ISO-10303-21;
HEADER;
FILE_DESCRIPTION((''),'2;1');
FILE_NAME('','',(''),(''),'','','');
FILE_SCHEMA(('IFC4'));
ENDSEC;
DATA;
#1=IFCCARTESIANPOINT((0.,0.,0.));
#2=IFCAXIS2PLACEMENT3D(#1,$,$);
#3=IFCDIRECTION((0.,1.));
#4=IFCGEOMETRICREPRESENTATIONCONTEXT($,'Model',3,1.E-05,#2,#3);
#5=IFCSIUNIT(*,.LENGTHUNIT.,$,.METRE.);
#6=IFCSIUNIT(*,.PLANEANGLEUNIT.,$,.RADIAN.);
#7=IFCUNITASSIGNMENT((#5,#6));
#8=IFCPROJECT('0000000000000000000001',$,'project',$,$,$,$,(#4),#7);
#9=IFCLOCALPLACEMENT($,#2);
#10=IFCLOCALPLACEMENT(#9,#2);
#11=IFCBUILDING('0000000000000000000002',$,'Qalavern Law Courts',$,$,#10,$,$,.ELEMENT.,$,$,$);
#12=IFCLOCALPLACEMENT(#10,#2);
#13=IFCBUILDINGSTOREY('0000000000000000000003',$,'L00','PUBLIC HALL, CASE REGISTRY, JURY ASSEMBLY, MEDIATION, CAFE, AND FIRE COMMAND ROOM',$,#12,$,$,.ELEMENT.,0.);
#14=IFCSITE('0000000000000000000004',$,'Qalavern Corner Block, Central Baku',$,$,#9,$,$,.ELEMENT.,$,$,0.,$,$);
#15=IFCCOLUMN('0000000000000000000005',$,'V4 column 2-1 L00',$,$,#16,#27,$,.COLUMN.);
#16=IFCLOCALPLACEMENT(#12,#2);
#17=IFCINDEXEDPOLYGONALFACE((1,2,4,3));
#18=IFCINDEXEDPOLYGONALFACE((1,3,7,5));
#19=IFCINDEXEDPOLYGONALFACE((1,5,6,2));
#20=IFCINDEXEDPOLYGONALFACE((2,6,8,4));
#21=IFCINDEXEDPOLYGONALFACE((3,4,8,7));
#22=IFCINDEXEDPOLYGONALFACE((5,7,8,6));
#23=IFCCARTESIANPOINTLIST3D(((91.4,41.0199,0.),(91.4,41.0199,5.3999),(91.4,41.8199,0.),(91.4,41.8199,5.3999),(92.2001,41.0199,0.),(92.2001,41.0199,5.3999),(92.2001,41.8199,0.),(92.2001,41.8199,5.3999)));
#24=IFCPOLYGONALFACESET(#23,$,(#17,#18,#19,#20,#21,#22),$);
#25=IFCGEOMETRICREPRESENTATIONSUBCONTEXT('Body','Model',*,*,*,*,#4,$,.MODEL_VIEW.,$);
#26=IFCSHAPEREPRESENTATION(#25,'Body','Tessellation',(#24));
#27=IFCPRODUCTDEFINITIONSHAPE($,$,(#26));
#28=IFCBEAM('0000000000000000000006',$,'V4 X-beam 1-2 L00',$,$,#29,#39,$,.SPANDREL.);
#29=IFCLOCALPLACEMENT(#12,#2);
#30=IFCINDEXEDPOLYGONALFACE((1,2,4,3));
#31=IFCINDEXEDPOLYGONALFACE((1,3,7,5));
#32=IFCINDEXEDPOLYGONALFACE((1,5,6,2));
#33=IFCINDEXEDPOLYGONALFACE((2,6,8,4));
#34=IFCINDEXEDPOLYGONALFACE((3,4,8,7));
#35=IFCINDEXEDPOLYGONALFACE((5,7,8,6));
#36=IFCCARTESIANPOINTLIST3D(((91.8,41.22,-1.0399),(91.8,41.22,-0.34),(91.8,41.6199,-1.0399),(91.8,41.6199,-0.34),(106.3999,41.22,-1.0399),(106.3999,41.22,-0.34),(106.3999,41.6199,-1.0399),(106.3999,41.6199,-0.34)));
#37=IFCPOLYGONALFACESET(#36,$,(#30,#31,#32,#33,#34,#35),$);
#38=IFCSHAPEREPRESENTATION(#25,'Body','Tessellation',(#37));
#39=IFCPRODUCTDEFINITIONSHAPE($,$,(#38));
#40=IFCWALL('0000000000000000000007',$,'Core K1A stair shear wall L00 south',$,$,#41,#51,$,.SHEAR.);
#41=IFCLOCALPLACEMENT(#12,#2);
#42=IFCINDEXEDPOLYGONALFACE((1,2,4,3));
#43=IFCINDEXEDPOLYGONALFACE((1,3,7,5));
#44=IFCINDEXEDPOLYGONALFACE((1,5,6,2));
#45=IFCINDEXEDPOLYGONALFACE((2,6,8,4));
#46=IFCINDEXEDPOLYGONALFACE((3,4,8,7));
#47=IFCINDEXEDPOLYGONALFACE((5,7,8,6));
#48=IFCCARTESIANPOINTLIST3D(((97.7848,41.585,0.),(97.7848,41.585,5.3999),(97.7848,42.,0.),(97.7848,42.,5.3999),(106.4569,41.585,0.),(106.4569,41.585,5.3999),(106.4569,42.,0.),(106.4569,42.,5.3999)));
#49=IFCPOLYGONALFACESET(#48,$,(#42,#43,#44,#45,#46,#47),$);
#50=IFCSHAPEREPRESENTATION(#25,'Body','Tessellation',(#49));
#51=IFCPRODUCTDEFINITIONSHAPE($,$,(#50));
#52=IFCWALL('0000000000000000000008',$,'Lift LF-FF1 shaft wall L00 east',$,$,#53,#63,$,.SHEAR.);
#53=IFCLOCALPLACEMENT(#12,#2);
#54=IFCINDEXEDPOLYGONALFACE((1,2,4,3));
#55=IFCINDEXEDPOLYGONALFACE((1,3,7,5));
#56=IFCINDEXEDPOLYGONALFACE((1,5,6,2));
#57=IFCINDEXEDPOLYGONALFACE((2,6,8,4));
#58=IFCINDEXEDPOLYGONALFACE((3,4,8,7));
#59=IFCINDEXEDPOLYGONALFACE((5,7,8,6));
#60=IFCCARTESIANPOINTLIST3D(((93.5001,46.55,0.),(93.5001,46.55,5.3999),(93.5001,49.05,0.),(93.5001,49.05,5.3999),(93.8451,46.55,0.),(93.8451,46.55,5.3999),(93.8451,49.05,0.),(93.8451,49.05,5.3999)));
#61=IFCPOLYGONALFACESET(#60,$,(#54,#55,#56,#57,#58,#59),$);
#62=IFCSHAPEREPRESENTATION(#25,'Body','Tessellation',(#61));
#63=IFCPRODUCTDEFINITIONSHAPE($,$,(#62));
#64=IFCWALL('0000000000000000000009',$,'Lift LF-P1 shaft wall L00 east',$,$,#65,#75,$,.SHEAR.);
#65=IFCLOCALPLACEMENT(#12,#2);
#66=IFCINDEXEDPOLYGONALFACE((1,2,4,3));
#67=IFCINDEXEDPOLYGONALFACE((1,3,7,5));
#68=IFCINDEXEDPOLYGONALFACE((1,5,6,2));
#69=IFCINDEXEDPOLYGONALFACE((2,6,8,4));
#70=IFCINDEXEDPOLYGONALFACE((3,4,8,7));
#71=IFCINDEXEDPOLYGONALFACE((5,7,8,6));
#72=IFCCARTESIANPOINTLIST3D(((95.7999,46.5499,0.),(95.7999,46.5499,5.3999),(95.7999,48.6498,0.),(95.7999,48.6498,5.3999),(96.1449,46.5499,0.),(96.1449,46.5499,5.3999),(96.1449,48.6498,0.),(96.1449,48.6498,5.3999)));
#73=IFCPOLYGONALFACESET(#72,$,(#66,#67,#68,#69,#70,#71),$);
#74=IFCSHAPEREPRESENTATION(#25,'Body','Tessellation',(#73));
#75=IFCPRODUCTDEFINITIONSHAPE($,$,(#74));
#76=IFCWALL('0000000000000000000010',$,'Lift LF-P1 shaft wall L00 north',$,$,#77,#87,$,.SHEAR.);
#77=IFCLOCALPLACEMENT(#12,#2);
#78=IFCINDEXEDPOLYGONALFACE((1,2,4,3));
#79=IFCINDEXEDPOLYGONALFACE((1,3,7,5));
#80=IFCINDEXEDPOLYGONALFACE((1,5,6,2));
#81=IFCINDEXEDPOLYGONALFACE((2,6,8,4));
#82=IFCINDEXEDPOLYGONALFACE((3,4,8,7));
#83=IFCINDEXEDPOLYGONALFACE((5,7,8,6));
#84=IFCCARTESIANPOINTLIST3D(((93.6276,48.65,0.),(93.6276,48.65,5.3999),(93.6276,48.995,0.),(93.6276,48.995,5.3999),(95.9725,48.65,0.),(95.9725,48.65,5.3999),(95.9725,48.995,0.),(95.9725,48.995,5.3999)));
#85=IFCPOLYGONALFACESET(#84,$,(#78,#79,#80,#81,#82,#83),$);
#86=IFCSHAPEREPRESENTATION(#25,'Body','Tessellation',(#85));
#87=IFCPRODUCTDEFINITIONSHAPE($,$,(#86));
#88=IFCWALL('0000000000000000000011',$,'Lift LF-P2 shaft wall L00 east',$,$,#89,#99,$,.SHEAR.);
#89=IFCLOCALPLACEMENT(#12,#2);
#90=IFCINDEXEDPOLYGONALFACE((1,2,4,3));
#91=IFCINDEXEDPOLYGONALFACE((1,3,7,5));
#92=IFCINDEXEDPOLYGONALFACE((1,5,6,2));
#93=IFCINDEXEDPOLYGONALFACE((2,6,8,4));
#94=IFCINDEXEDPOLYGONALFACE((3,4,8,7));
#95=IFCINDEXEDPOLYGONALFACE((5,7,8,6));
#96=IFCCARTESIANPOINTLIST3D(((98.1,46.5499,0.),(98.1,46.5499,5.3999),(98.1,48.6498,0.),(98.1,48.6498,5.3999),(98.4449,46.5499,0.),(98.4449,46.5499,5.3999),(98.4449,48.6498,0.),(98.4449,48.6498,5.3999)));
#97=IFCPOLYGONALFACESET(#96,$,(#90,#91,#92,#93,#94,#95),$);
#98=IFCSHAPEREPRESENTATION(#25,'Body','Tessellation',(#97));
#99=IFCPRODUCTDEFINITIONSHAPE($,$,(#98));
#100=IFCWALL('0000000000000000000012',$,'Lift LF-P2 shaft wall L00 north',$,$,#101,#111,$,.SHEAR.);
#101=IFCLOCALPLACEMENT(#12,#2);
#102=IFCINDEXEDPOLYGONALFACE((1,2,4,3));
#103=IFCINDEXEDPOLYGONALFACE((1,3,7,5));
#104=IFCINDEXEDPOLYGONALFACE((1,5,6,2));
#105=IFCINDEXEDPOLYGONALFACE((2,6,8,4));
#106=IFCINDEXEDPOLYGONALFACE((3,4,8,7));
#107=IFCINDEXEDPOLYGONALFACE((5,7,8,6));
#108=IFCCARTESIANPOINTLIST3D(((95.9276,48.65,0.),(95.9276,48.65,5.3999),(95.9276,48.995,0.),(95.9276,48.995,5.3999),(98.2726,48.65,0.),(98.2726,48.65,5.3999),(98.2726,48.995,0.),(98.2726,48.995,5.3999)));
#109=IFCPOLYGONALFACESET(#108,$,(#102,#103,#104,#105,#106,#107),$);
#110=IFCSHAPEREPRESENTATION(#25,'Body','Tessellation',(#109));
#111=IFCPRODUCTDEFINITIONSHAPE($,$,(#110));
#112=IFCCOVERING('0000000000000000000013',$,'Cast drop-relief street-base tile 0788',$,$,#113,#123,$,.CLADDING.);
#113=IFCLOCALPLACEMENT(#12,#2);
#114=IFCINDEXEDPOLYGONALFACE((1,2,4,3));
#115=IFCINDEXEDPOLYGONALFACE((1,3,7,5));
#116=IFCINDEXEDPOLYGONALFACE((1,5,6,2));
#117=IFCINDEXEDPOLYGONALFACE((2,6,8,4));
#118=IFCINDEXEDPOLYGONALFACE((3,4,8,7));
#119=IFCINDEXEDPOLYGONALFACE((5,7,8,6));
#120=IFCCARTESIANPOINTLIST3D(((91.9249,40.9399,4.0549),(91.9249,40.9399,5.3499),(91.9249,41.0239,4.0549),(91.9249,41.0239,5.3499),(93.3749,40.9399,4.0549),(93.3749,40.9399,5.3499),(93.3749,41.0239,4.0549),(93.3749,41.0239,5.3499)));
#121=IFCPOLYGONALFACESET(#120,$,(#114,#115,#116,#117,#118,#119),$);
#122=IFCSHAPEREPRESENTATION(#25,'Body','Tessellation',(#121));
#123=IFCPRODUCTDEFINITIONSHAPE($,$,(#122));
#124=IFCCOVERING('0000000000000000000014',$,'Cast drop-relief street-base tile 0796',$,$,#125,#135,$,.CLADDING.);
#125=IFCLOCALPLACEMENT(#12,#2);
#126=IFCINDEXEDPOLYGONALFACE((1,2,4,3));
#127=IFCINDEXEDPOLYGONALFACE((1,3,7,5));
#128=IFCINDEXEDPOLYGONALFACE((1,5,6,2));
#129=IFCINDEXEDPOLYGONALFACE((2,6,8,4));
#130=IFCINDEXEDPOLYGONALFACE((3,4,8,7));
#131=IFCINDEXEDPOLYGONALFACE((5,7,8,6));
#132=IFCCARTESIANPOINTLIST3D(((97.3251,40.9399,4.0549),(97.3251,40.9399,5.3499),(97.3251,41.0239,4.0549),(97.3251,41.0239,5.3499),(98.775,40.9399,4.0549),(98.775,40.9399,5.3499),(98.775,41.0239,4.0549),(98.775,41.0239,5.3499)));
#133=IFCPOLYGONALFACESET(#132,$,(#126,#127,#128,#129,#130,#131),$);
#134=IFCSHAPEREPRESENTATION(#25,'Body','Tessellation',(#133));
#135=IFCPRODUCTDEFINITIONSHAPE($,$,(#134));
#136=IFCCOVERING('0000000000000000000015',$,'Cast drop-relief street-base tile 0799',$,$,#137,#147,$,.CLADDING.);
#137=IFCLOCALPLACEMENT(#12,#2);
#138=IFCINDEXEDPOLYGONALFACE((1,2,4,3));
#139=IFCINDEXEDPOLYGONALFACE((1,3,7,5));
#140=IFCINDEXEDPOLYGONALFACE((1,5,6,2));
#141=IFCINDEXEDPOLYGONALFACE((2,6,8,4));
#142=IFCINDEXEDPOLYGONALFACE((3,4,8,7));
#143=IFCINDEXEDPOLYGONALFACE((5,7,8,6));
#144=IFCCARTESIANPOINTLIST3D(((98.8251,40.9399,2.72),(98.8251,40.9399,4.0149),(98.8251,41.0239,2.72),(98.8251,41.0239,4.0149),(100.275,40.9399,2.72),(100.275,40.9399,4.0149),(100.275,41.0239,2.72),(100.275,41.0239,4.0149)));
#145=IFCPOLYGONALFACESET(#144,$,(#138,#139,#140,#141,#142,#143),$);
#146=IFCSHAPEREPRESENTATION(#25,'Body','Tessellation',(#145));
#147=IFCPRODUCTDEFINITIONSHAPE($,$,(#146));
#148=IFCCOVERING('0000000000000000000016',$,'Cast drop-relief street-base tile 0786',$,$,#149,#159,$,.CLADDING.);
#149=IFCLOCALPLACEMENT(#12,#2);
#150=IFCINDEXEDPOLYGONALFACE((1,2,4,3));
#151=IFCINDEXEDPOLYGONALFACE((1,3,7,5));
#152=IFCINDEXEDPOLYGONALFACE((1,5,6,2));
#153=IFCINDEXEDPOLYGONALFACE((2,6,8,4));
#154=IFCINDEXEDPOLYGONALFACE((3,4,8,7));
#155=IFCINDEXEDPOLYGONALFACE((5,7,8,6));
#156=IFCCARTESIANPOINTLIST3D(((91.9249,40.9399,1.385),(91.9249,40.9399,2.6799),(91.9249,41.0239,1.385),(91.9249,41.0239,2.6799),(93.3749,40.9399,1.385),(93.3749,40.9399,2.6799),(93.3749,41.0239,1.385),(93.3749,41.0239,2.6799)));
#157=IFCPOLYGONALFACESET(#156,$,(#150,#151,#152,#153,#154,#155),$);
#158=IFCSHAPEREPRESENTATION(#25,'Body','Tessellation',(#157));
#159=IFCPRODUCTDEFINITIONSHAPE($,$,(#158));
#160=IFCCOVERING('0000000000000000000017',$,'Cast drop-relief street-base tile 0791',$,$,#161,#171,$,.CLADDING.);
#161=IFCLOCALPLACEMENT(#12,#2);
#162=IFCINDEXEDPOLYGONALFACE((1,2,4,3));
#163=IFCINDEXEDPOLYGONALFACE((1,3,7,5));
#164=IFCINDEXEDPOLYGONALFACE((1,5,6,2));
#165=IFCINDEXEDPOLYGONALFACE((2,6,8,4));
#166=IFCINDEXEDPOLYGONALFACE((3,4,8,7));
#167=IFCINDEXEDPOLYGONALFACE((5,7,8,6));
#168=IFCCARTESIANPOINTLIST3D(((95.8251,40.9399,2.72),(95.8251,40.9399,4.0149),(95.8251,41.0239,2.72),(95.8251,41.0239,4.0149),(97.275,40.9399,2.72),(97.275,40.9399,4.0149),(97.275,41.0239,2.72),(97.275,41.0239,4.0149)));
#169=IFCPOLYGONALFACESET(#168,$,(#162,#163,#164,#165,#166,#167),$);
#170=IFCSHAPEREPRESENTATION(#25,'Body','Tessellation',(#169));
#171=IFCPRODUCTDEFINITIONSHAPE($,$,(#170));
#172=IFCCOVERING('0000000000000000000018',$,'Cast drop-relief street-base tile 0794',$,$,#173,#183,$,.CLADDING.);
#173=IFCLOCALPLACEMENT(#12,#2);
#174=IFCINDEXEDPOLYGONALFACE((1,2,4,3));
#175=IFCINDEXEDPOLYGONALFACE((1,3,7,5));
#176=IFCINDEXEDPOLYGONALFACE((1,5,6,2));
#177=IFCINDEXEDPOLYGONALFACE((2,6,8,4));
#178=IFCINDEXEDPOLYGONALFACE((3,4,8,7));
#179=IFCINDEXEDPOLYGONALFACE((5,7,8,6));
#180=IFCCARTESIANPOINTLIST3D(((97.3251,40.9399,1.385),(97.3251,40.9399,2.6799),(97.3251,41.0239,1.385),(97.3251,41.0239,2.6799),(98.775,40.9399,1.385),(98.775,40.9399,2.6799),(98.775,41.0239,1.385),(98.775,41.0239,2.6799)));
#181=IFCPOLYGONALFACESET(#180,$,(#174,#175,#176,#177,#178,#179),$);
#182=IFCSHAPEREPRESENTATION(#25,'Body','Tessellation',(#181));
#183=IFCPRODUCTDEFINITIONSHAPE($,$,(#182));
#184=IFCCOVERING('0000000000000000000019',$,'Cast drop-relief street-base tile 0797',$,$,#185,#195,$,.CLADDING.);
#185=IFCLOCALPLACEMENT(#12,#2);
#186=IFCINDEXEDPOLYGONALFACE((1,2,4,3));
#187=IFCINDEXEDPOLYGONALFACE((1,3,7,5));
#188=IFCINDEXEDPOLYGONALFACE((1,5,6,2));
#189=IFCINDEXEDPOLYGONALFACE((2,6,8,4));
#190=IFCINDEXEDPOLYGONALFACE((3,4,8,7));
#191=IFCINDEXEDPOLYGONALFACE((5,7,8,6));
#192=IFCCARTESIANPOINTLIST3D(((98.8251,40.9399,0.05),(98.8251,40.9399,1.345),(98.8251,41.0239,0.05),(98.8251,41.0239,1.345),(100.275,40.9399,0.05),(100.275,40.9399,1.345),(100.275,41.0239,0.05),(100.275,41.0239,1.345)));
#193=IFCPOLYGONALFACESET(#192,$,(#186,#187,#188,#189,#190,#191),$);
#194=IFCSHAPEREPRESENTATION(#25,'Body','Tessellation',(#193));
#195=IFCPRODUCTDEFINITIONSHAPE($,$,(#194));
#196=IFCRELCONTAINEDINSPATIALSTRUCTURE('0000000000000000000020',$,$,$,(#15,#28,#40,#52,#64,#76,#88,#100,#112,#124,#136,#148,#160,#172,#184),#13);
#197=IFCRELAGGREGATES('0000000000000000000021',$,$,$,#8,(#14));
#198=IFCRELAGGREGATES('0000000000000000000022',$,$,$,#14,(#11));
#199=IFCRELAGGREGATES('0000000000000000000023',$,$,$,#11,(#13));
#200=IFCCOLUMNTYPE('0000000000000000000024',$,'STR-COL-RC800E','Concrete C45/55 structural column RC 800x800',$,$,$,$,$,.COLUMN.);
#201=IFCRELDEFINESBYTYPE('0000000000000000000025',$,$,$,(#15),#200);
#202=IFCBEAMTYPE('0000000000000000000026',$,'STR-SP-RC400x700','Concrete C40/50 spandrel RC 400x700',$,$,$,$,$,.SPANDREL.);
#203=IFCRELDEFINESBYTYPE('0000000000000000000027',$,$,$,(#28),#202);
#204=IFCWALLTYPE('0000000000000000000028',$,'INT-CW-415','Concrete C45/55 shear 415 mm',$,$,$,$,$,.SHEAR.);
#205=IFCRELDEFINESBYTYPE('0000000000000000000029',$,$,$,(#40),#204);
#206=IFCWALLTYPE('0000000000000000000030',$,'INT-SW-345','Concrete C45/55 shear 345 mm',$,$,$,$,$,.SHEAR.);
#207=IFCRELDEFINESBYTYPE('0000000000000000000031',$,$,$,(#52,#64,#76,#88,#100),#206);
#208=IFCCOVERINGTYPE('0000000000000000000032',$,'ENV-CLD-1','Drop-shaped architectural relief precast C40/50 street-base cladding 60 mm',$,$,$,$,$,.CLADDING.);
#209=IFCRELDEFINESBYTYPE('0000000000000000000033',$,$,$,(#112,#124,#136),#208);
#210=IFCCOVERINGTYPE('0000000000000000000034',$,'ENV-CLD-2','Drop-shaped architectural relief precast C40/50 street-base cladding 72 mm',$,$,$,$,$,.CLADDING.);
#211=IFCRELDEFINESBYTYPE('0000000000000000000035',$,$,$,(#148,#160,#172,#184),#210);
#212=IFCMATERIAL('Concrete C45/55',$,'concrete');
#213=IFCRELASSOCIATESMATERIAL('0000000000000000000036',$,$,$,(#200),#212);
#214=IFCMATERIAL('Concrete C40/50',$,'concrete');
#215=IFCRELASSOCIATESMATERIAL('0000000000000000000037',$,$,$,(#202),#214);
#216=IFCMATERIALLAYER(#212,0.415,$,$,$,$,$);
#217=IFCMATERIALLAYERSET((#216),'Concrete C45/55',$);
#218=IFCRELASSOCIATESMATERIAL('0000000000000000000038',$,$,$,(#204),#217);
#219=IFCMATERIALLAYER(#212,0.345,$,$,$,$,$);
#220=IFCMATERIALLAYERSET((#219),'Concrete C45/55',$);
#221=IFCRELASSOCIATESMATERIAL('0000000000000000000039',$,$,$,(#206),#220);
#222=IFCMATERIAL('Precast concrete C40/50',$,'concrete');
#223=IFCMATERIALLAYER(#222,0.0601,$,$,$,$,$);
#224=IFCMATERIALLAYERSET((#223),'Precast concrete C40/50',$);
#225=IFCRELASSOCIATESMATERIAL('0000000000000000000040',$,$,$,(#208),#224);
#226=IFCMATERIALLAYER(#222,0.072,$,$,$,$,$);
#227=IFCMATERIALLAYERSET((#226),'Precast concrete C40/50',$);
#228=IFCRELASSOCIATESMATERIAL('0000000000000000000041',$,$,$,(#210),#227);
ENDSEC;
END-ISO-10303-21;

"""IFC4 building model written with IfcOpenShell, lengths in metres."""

from ifc_helpers import new_model, si_unit, direction, frame, frame_2d, origin, origin_2d, place, context, subcontext, project, spatial, rectangle, extrude, material, layer, layer_set, material_profile, profile_set, type_object, element, save


model = new_model("IFC4")

# Units and contexts
model_context = context("Model", 3, precision=1e-05, world=origin(), true_north=direction((0.0, 1.0)))
body_context = subcontext(model_context, "Body", "Model", "MODEL_VIEW")
ifc_project = project(units=[si_unit("LENGTHUNIT", "METRE"), si_unit("PLANEANGLEUNIT", "RADIAN")], contexts=[model_context])

# Site, building, storey
site_placement = place(None, origin())
site = spatial("IfcSite", under=ifc_project, at=site_placement, Name="Qalavern Corner Block, Central Baku", CompositionType="ELEMENT", RefElevation=0.0)
building_placement = place(site_placement, origin())
building = spatial("IfcBuilding", under=site, at=building_placement, Name="Qalavern Law Courts", CompositionType="ELEMENT")
storey_placement = place(building_placement, origin())
storey = spatial("IfcBuildingStorey", under=building, at=storey_placement, Name="L00", Description="PUBLIC HALL, CASE REGISTRY, JURY ASSEMBLY, MEDIATION, CAFE, AND FIRE COMMAND ROOM", CompositionType="ELEMENT", Elevation=0.0)

# Column
ifc_material_1 = material(Name="Concrete C45/55", Category="concrete")
ifc_material_profile_1 = material_profile(ifc_material_1, rectangle(XDim=0.8, YDim=0.8, at=origin_2d()), Name="RC 800x800")
ifc_profile_set_1 = profile_set([ifc_material_profile_1], Name="Concrete C45/55")
column_type = type_object("IfcColumnType", Name="STR-COL-RC800E", Description="Concrete C45/55 structural column RC 800x800", PredefinedType="COLUMN", material=ifc_profile_set_1)
column_placement = place(storey_placement, frame((91.8, 41.4199, 0.0), z_axis=(0.0, 0.0, 1.0), x_axis=(1.0, 0.0, 0.0)))
element("IfcColumn", 1, at=column_placement, inside=storey, type_object=column_type, Name="V4 column 2-1 L00", PredefinedType="COLUMN", context=body_context, shape_type="SweptSolid", body=[
    extrude(rectangle(XDim=0.8, YDim=0.8, at=origin_2d()), origin(), (0.0, 0.0, 1.0), 5.3999),
])

# Beam
ifc_material_2 = material(Name="Concrete C40/50", Category="concrete")
ifc_material_profile_2 = material_profile(ifc_material_2, rectangle(XDim=0.3999, YDim=0.7, at=origin_2d()), Name="RC 400x700")
ifc_profile_set_2 = profile_set([ifc_material_profile_2], Name="Concrete C40/50")
beam_type = type_object("IfcBeamType", Name="STR-SP-RC400x700", Description="Concrete C40/50 spandrel RC 400x700", PredefinedType="SPANDREL", material=ifc_profile_set_2)
beam_placement = place(storey_placement, frame((91.8, 41.4199, -0.6899), z_axis=(1.0, 0.0, 0.0), x_axis=(0.0, 1.0, 0.0)))
element("IfcBeam", 2, at=beam_placement, inside=storey, type_object=beam_type, Name="V4 X-beam 1-2 L00", PredefinedType="SPANDREL", context=body_context, shape_type="SweptSolid", body=[
    extrude(rectangle(XDim=0.3999, YDim=0.7, at=origin_2d()), origin(), (0.0, 0.0, 1.0), 14.5999),
])

# Wall
ifc_layer_1 = layer(ifc_material_1, 0.415)
ifc_layer_set_1 = layer_set([ifc_layer_1], Name="Concrete C45/55")
wall_type_1 = type_object("IfcWallType", Name="INT-CW-415", Description="Concrete C45/55 shear 415 mm", PredefinedType="SHEAR", material=ifc_layer_set_1)
wall_1_placement = place(storey_placement, frame((97.7849, 41.7925, 0.0), z_axis=(0.0, 0.0, 1.0), x_axis=(1.0, 0.0, 0.0)))
element("IfcWall", 3, at=wall_1_placement, inside=storey, type_object=wall_type_1, Name="Core K1A stair shear wall L00 south", PredefinedType="SHEAR", context=body_context, shape_type="SweptSolid", body=[
    extrude(rectangle(XDim=8.6721, YDim=0.415, at=frame_2d((4.3359, 0.0))), origin(), (0.0, 0.0, 1.0), 5.3999),
])

# Wall
ifc_layer_2 = layer(ifc_material_1, 0.345)
ifc_layer_set_2 = layer_set([ifc_layer_2], Name="Concrete C45/55")
wall_type_2 = type_object("IfcWallType", Name="INT-SW-345", Description="Concrete C45/55 shear 345 mm", PredefinedType="SHEAR", material=ifc_layer_set_2)
wall_2_placement = place(storey_placement, frame((93.6726, 46.55, 0.0), z_axis=(0.0, 0.0, 1.0), x_axis=(0.0, 1.0, 0.0)))
element("IfcWall", 4, at=wall_2_placement, inside=storey, type_object=wall_type_2, Name="Lift LF-FF1 shaft wall L00 east", PredefinedType="SHEAR", context=body_context, shape_type="SweptSolid", body=[
    extrude(rectangle(XDim=2.5, YDim=0.345, at=frame_2d((1.25, 0.0))), origin(), (0.0, 0.0, 1.0), 5.3999),
])

# Walls
wall_3_placement = place(storey_placement, frame((95.9724, 46.55, 0.0), z_axis=(0.0, 0.0, 1.0), x_axis=(0.0, 1.0, 0.0)))
element("IfcWall", 5, at=wall_3_placement, inside=storey, type_object=wall_type_2, Name="Lift LF-P1 shaft wall L00 east", PredefinedType="SHEAR", context=body_context, shape_type="SweptSolid", body=[
    extrude(rectangle(XDim=2.0999, YDim=0.345, at=frame_2d((1.0498, 0.0))), origin(), (0.0, 0.0, 1.0), 5.3999),
])
wall_4_placement = place(storey_placement, frame((95.9724, 48.8225, 0.0), z_axis=(0.0, 0.0, 1.0), x_axis=(-1.0, 0.0, 0.0)))
element("IfcWall", 6, at=wall_4_placement, inside=storey, type_object=wall_type_2, Name="Lift LF-P1 shaft wall L00 north", PredefinedType="SHEAR", context=body_context, shape_type="SweptSolid", body=[
    extrude(rectangle(XDim=2.345, YDim=0.345, at=frame_2d((1.1724, 0.0))), origin(), (0.0, 0.0, 1.0), 5.3999),
])

# Walls
wall_5_placement = place(storey_placement, frame((98.2725, 46.55, 0.0), z_axis=(0.0, 0.0, 1.0), x_axis=(0.0, 1.0, 0.0)))
element("IfcWall", 7, at=wall_5_placement, inside=storey, type_object=wall_type_2, Name="Lift LF-P2 shaft wall L00 east", PredefinedType="SHEAR", context=body_context, shape_type="SweptSolid", body=[
    extrude(rectangle(XDim=2.0999, YDim=0.345, at=frame_2d((1.0498, 0.0))), origin(), (0.0, 0.0, 1.0), 5.3999),
])
wall_6_placement = place(storey_placement, frame((98.2725, 48.8225, 0.0), z_axis=(0.0, 0.0, 1.0), x_axis=(-1.0, 0.0, 0.0)))
element("IfcWall", 8, at=wall_6_placement, inside=storey, type_object=wall_type_2, Name="Lift LF-P2 shaft wall L00 north", PredefinedType="SHEAR", context=body_context, shape_type="SweptSolid", body=[
    extrude(rectangle(XDim=2.345, YDim=0.345, at=frame_2d((1.1724, 0.0))), origin(), (0.0, 0.0, 1.0), 5.3999),
])

# Coverings
ifc_material_3 = material(Name="Precast concrete C40/50", Category="concrete")
ifc_layer_3 = layer(ifc_material_3, 0.0601)
ifc_layer_set_3 = layer_set([ifc_layer_3], Name="Precast concrete C40/50")
covering_type_1 = type_object("IfcCoveringType", Name="ENV-CLD-1", Description="Drop-shaped architectural relief precast C40/50 street-base cladding 60 mm", PredefinedType="CLADDING", material=ifc_layer_set_3)
for number, where, z_axis, x_axis, name in (
    (9, (92.6499, 40.9819, 4.0549), (0.0, 0.0, 1.0), (1.0, 0.0, 0.0), "Cast drop-relief street-base tile 0788"),
    (10, (98.05, 40.9819, 4.0549), (0.0, 0.0, 1.0), (1.0, 0.0, 0.0), "Cast drop-relief street-base tile 0796"),
    (11, (99.55, 40.9819, 2.72), (0.0, 0.0, 1.0), (1.0, 0.0, 0.0), "Cast drop-relief street-base tile 0799"),
):
    element("IfcCovering", number, at=place(storey_placement, frame(where, z_axis=z_axis, x_axis=x_axis)), inside=storey, type_object=covering_type_1, Name=name, PredefinedType="CLADDING", context=body_context, shape_type="SweptSolid", body=[
        extrude(rectangle(XDim=1.45, YDim=0.084, at=origin_2d()), origin(), (0.0, 0.0, 1.0), 1.2949),
    ])
ifc_layer_4 = layer(ifc_material_3, 0.072)
ifc_layer_set_4 = layer_set([ifc_layer_4], Name="Precast concrete C40/50")
covering_type_2 = type_object("IfcCoveringType", Name="ENV-CLD-2", Description="Drop-shaped architectural relief precast C40/50 street-base cladding 72 mm", PredefinedType="CLADDING", material=ifc_layer_set_4)
for number, where, z_axis, x_axis, name in (
    (12, (92.6499, 40.9819, 1.385), (0.0, 0.0, 1.0), (1.0, 0.0, 0.0), "Cast drop-relief street-base tile 0786"),
    (13, (96.55, 40.9819, 2.72), (0.0, 0.0, 1.0), (1.0, 0.0, 0.0), "Cast drop-relief street-base tile 0791"),
    (14, (98.05, 40.9819, 1.385), (0.0, 0.0, 1.0), (1.0, 0.0, 0.0), "Cast drop-relief street-base tile 0794"),
    (15, (99.55, 40.9819, 0.05), (0.0, 0.0, 1.0), (1.0, 0.0, 0.0), "Cast drop-relief street-base tile 0797"),
):
    element("IfcCovering", number, at=place(storey_placement, frame(where, z_axis=z_axis, x_axis=x_axis)), inside=storey, type_object=covering_type_2, Name=name, PredefinedType="CLADDING", context=body_context, shape_type="SweptSolid", body=[
        extrude(rectangle(XDim=1.45, YDim=0.084, at=origin_2d()), origin(), (0.0, 0.0, 1.0), 1.2949),
    ])

save(model, "model.ifc")
